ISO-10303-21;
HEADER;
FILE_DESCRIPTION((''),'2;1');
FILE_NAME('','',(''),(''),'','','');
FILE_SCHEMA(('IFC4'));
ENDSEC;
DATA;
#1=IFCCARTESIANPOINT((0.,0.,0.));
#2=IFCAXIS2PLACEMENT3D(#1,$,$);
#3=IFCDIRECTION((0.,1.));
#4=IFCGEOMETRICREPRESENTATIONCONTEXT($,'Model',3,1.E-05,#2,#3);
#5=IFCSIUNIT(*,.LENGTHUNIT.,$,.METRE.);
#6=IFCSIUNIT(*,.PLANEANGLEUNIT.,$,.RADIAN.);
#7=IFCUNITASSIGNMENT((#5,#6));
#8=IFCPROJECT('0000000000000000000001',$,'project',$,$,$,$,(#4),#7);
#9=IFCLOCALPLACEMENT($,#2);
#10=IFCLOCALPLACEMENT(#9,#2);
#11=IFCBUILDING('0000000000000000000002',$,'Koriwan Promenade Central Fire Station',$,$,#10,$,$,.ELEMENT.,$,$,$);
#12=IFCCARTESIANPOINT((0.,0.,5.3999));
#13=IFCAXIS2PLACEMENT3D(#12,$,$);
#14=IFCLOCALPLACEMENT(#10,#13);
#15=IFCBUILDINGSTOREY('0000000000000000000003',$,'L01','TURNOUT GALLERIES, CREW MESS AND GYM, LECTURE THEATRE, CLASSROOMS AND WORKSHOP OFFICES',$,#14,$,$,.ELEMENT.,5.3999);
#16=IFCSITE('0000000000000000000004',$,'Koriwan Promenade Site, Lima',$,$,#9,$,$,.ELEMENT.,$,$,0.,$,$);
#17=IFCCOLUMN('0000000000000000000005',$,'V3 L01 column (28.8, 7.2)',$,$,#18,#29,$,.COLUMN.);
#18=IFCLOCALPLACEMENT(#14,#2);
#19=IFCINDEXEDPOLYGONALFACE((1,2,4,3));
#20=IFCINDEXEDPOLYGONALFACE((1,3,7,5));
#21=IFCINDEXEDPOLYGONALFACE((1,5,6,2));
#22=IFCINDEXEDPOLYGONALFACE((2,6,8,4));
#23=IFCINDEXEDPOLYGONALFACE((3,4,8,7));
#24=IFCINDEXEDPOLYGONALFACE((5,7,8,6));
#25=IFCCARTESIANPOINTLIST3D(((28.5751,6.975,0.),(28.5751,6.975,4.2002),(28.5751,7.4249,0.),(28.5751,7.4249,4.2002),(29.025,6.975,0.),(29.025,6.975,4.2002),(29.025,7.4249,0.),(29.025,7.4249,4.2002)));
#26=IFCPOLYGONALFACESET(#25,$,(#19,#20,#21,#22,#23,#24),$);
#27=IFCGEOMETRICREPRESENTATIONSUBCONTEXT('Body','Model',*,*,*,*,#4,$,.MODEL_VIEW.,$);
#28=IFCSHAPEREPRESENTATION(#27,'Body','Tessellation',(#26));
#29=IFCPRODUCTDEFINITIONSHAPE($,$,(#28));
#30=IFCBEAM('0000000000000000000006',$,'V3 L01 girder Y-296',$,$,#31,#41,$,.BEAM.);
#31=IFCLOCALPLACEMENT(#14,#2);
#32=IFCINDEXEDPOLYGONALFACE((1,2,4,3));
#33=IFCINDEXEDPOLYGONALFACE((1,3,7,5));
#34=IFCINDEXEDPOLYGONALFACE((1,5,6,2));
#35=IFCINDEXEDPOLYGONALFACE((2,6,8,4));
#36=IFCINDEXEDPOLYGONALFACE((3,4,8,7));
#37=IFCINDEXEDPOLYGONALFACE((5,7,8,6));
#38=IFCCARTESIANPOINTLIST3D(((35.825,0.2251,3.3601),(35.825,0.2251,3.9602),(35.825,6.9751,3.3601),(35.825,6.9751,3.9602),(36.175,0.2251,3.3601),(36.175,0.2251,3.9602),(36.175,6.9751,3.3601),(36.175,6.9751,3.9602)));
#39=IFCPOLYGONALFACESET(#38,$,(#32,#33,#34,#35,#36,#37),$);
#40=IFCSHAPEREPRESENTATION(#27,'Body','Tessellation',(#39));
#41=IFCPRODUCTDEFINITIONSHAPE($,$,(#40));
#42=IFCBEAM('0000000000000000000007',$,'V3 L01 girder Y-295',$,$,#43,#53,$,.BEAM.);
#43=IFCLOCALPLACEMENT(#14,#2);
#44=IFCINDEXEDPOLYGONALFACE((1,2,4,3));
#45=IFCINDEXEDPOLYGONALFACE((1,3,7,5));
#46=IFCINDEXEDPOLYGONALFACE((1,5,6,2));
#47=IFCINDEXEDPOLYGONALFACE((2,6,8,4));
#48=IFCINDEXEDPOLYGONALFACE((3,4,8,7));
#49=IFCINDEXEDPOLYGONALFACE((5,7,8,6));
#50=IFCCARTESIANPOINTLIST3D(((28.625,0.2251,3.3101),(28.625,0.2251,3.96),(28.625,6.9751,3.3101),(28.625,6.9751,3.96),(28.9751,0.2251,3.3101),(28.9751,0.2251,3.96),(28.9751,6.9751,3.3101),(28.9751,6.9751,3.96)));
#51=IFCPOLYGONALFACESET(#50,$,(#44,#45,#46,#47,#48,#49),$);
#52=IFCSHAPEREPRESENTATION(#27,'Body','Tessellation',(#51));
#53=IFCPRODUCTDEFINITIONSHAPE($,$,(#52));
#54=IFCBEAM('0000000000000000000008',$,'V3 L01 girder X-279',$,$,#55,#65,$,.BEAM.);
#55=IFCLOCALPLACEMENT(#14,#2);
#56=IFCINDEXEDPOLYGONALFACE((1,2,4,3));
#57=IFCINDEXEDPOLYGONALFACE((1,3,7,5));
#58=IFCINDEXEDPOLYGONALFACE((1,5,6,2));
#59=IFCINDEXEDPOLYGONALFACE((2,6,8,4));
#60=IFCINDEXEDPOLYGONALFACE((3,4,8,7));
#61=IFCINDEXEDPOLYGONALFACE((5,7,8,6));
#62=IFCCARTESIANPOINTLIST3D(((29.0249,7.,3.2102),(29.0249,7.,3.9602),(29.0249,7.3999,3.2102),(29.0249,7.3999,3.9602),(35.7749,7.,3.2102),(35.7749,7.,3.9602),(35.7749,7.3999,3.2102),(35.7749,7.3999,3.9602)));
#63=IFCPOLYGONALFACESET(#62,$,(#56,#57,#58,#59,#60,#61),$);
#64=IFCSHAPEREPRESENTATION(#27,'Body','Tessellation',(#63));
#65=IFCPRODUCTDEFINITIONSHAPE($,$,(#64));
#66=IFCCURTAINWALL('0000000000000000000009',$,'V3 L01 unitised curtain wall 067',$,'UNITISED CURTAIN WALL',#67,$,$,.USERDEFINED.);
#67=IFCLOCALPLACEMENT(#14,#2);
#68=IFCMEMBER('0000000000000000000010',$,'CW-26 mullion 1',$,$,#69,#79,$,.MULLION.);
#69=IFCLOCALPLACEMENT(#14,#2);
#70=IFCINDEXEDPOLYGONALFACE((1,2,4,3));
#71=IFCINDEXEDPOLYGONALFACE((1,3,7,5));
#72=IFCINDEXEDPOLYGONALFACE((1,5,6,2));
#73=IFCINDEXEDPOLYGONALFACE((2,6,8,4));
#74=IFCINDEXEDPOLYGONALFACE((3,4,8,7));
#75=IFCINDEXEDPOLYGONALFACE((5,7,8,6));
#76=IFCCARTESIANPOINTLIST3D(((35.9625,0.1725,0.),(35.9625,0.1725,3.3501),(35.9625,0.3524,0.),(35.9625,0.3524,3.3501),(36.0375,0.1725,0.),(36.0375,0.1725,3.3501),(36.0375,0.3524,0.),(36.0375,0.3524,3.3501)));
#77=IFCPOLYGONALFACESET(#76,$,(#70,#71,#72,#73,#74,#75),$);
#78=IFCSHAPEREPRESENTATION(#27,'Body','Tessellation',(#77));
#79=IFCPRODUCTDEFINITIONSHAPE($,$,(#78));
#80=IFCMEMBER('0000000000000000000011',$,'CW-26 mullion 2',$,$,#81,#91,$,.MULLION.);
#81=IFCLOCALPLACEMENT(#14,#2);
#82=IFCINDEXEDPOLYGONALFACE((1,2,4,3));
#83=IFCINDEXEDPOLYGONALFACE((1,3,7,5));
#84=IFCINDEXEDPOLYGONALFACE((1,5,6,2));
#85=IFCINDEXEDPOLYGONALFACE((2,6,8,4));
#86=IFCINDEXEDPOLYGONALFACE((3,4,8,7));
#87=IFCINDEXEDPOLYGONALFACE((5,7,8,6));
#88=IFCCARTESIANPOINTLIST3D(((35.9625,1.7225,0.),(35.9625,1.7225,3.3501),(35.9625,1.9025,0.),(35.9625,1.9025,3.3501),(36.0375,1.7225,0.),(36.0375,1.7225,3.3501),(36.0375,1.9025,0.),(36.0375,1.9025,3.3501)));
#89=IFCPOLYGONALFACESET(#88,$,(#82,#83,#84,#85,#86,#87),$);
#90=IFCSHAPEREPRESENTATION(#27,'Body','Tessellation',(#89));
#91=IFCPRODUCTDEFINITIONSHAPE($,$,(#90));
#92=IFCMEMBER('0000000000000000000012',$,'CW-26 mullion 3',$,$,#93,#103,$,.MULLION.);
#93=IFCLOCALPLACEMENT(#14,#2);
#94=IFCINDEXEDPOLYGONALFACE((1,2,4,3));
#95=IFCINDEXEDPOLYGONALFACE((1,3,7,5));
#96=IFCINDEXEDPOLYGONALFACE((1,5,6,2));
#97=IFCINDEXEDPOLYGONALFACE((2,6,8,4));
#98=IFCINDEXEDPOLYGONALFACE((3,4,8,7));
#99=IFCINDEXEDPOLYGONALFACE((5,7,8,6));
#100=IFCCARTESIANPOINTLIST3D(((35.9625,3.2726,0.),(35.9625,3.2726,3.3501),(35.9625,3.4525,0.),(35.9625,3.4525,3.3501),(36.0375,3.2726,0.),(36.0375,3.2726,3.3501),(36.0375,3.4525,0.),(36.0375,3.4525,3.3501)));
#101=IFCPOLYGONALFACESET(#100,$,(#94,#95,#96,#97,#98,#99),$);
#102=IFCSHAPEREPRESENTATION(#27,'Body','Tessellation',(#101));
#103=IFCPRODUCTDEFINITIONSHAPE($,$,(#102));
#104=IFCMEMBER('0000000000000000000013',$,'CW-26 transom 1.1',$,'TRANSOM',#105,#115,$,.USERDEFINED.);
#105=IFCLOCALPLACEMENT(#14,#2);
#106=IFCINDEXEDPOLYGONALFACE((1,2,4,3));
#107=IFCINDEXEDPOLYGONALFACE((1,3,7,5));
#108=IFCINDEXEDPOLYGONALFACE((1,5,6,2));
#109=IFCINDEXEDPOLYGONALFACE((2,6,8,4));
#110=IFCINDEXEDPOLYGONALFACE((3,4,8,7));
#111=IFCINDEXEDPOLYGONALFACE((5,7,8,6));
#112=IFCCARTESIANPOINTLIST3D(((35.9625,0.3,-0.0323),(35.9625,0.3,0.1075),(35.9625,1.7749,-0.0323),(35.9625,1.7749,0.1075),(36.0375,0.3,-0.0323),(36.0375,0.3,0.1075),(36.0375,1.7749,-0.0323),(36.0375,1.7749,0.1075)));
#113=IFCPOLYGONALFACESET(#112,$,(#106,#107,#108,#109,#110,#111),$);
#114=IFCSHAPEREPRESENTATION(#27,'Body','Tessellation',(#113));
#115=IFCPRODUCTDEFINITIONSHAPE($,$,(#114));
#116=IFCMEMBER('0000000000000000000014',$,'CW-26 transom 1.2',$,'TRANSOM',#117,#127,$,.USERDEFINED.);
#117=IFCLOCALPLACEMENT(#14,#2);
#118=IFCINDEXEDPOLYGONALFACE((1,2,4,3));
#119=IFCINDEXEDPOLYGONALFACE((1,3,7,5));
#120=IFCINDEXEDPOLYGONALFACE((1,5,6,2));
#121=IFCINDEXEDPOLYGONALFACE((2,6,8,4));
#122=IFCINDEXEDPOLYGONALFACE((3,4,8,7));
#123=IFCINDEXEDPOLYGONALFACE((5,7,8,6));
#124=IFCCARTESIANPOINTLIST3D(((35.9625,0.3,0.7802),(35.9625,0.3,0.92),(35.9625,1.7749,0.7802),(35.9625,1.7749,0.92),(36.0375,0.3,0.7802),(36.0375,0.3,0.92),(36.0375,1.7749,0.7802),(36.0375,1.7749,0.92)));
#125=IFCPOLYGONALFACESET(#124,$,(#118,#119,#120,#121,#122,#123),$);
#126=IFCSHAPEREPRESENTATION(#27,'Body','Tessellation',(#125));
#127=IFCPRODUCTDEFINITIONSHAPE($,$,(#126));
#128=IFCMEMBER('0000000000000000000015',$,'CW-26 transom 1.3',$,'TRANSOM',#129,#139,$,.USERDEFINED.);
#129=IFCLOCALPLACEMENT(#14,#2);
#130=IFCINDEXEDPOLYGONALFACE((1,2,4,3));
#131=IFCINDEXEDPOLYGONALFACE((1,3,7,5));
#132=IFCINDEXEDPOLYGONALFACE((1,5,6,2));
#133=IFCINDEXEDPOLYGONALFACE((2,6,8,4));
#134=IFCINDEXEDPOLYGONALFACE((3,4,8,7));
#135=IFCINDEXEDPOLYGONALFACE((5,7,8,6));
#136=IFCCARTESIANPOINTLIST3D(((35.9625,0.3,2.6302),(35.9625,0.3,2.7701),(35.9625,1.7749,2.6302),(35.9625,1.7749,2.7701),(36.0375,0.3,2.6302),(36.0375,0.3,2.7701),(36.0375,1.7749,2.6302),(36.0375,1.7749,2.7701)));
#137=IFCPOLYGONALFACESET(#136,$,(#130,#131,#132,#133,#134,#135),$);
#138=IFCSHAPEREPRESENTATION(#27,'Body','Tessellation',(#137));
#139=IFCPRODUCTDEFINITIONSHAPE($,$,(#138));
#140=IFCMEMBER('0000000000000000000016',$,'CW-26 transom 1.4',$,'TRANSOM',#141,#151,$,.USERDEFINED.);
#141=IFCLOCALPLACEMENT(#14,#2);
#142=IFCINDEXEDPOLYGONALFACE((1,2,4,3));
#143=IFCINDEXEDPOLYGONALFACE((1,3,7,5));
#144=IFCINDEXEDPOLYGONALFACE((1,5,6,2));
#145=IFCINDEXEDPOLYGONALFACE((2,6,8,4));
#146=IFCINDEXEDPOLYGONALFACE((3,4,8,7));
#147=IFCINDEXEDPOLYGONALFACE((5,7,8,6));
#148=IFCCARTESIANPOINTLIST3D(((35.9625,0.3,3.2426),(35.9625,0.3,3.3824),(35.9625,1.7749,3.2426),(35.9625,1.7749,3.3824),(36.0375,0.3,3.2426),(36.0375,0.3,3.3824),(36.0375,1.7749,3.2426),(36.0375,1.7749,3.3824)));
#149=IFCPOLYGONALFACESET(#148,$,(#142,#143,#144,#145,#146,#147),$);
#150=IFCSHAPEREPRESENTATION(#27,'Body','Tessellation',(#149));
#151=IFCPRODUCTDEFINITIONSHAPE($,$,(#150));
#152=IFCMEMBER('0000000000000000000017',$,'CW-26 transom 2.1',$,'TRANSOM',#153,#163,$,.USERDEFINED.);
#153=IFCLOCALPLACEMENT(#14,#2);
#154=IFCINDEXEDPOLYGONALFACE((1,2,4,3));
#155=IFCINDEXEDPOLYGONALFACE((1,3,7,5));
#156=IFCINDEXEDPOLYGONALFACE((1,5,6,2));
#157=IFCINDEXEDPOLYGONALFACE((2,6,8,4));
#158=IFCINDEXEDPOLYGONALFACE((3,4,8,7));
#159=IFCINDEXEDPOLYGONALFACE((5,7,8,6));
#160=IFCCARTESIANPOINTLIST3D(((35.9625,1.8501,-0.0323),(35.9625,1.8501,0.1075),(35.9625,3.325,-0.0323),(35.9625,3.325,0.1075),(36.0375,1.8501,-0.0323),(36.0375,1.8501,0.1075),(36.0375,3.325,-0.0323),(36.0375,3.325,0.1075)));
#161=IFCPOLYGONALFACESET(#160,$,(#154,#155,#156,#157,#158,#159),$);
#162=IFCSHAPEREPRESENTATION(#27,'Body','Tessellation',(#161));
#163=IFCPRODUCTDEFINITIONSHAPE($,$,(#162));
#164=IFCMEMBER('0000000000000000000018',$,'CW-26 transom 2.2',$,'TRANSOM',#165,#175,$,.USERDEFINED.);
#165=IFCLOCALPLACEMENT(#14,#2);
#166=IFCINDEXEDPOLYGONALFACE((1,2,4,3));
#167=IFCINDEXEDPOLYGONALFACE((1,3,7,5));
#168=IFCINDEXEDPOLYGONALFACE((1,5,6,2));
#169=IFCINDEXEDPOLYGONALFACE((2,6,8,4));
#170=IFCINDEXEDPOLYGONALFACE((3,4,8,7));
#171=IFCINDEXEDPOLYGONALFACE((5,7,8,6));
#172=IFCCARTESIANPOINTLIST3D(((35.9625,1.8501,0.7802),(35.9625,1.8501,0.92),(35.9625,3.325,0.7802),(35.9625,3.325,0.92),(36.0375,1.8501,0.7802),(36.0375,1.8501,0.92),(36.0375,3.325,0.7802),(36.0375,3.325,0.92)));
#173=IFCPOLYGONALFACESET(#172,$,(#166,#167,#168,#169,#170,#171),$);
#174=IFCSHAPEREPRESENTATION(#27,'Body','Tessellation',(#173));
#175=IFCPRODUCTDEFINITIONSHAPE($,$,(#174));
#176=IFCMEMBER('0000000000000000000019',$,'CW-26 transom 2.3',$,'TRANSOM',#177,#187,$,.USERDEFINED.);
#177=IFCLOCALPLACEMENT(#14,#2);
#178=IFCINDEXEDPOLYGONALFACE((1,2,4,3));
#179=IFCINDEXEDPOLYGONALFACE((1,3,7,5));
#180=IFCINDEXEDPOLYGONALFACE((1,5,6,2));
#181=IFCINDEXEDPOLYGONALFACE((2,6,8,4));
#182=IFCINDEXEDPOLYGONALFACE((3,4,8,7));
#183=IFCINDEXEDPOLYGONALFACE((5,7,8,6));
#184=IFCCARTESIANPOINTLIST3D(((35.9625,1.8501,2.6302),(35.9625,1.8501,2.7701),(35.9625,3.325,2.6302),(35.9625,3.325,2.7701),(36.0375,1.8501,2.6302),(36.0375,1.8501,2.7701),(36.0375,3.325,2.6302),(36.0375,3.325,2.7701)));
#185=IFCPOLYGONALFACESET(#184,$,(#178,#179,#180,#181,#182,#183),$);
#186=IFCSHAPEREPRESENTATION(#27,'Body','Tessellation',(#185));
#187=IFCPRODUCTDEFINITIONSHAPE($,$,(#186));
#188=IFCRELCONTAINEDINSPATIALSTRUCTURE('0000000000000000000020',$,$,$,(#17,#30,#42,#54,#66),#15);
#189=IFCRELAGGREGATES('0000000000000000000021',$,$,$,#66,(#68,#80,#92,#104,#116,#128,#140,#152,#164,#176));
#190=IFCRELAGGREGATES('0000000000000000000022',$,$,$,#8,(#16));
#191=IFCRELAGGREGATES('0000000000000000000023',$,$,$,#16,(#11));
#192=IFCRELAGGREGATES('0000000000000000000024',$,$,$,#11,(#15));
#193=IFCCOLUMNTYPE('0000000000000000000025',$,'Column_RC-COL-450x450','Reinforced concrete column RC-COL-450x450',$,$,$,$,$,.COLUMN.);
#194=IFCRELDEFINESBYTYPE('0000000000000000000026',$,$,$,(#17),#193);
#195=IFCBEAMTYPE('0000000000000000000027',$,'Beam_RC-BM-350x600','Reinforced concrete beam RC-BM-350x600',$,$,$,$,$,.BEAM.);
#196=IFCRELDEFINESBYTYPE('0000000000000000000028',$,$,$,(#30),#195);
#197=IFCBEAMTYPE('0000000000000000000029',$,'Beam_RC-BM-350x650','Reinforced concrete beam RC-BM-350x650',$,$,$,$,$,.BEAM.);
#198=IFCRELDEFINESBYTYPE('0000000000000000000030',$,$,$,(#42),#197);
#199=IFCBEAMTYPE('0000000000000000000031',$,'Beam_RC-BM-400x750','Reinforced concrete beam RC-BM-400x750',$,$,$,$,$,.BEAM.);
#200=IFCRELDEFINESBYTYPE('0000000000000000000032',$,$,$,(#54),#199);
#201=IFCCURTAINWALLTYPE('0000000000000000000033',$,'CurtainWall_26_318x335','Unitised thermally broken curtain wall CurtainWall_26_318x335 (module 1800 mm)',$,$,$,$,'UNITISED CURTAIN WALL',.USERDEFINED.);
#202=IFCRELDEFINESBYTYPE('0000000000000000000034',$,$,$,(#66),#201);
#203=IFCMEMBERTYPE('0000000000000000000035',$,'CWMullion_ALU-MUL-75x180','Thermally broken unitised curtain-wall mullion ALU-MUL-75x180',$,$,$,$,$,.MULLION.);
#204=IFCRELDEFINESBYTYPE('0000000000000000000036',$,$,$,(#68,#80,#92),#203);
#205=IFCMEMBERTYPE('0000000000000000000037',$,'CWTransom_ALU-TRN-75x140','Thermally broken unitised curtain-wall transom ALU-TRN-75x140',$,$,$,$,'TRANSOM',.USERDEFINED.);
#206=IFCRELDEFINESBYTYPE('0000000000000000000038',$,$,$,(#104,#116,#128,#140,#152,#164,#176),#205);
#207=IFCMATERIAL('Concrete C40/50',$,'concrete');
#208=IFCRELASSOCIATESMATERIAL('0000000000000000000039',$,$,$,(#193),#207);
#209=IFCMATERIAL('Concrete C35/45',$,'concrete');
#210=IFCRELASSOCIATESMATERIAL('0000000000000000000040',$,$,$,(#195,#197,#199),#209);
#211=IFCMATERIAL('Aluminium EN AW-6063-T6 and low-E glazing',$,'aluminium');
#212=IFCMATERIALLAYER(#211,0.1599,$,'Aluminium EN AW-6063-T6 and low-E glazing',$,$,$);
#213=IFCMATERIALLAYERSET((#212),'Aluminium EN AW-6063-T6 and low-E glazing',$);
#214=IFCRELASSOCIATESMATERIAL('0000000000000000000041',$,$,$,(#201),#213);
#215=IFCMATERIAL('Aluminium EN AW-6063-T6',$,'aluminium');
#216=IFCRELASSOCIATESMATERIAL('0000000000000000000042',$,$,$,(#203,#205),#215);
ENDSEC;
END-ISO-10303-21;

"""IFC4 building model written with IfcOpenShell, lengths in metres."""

from ifc_helpers import new_model, si_unit, direction, frame, origin, origin_2d, place, context, subcontext, project, spatial, rectangle, extrude, material, layer, layer_set, material_profile, profile_set, type_object, element, aggregate, save


model = new_model("IFC4")

# Units and contexts
model_context = context("Model", 3, precision=1e-05, world=origin(), true_north=direction((0.0, 1.0)))
body_context = subcontext(model_context, "Body", "Model", "MODEL_VIEW")
ifc_project = project(units=[si_unit("LENGTHUNIT", "METRE"), si_unit("PLANEANGLEUNIT", "RADIAN")], contexts=[model_context])

# Site, building, storey
site_placement = place(None, origin())
site = spatial("IfcSite", under=ifc_project, at=site_placement, Name="Koriwan Promenade Site, Lima", CompositionType="ELEMENT", RefElevation=0.0)
building_placement = place(site_placement, origin())
building = spatial("IfcBuilding", under=site, at=building_placement, Name="Koriwan Promenade Central Fire Station", CompositionType="ELEMENT")
storey_placement = place(building_placement, frame((0.0, 0.0, 5.3999)))
storey = spatial("IfcBuildingStorey", under=building, at=storey_placement, Name="L01", Description="TURNOUT GALLERIES, CREW MESS AND GYM, LECTURE THEATRE, CLASSROOMS AND WORKSHOP OFFICES", CompositionType="ELEMENT", Elevation=5.3999)

# Column
ifc_material_1 = material(Name="Concrete C40/50", Category="concrete")
ifc_material_profile_1 = material_profile(ifc_material_1, rectangle(XDim=0.45, YDim=0.45, at=origin_2d()), Name="RC-COL-450x450")
ifc_profile_set_1 = profile_set([ifc_material_profile_1], Name="Concrete C40/50")
column_type = type_object("IfcColumnType", Name="Column_RC-COL-450x450", Description="Reinforced concrete column RC-COL-450x450", PredefinedType="COLUMN", material=ifc_profile_set_1)
column_placement = place(storey_placement, frame((28.8, 7.2, 0.0), z_axis=(0.0, 0.0, 1.0), x_axis=(1.0, 0.0, 0.0)))
element("IfcColumn", 1, at=column_placement, inside=storey, type_object=column_type, Name="V3 L01 column (28.8, 7.2)", PredefinedType="COLUMN", context=body_context, shape_type="SweptSolid", body=[
    extrude(rectangle(XDim=0.45, YDim=0.45, at=origin_2d()), origin(), (0.0, 0.0, 1.0), 4.2002),
])

# Beams
ifc_material_2 = material(Name="Concrete C35/45", Category="concrete")
ifc_material_profile_2 = material_profile(ifc_material_2, rectangle(XDim=0.3501, YDim=0.6001, at=origin_2d()), Name="RC-BM-350x600")
ifc_profile_set_2 = profile_set([ifc_material_profile_2], Name="Concrete C35/45")
beam_type_1 = type_object("IfcBeamType", Name="Beam_RC-BM-350x600", Description="Reinforced concrete beam RC-BM-350x600", PredefinedType="BEAM", material=ifc_profile_set_2)
beam_1_placement = place(storey_placement, frame((36.0, 0.2251, 3.6602), z_axis=(0.0, 1.0, 0.0), x_axis=(-1.0, 0.0, 0.0)))
element("IfcBeam", 2, at=beam_1_placement, inside=storey, type_object=beam_type_1, Name="V3 L01 girder Y-296", PredefinedType="BEAM", context=body_context, shape_type="SweptSolid", body=[
    extrude(rectangle(XDim=0.3501, YDim=0.6001, at=origin_2d()), origin(), (0.0, 0.0, 1.0), 6.75),
])
ifc_material_profile_3 = material_profile(ifc_material_2, rectangle(XDim=0.3501, YDim=0.6499, at=origin_2d()), Name="RC-BM-350x650")
ifc_profile_set_3 = profile_set([ifc_material_profile_3], Name="Concrete C35/45")
beam_type_2 = type_object("IfcBeamType", Name="Beam_RC-BM-350x650", Description="Reinforced concrete beam RC-BM-350x650", PredefinedType="BEAM", material=ifc_profile_set_3)
beam_2_placement = place(storey_placement, frame((28.8, 0.2251, 3.635), z_axis=(0.0, 1.0, 0.0), x_axis=(-1.0, 0.0, 0.0)))
element("IfcBeam", 3, at=beam_2_placement, inside=storey, type_object=beam_type_2, Name="V3 L01 girder Y-295", PredefinedType="BEAM", context=body_context, shape_type="SweptSolid", body=[
    extrude(rectangle(XDim=0.3501, YDim=0.6499, at=origin_2d()), origin(), (0.0, 0.0, 1.0), 6.75),
])
ifc_material_profile_4 = material_profile(ifc_material_2, rectangle(XDim=0.3999, YDim=0.75, at=origin_2d()), Name="RC-BM-400x750")
ifc_profile_set_4 = profile_set([ifc_material_profile_4], Name="Concrete C35/45")
beam_type_3 = type_object("IfcBeamType", Name="Beam_RC-BM-400x750", Description="Reinforced concrete beam RC-BM-400x750", PredefinedType="BEAM", material=ifc_profile_set_4)
beam_3_placement = place(storey_placement, frame((29.0249, 7.2, 3.5852), z_axis=(1.0, 0.0, 0.0), x_axis=(0.0, 1.0, 0.0)))
element("IfcBeam", 4, at=beam_3_placement, inside=storey, type_object=beam_type_3, Name="V3 L01 girder X-279", PredefinedType="BEAM", context=body_context, shape_type="SweptSolid", body=[
    extrude(rectangle(XDim=0.3999, YDim=0.75, at=origin_2d()), origin(), (0.0, 0.0, 1.0), 6.75),
])

# Curtain wall, members
ifc_material_3 = material(Name="Aluminium EN AW-6063-T6 and low-E glazing", Category="aluminium")
ifc_layer_1 = layer(ifc_material_3, 0.1599, Name="Aluminium EN AW-6063-T6 and low-E glazing")
ifc_layer_set_1 = layer_set([ifc_layer_1], Name="Aluminium EN AW-6063-T6 and low-E glazing")
curtain_wall_type = type_object("IfcCurtainWallType", Name="CurtainWall_26_318x335", Description="Unitised thermally broken curtain wall CurtainWall_26_318x335 (module 1800 mm)", ElementType="UNITISED CURTAIN WALL", PredefinedType="USERDEFINED", material=ifc_layer_set_1)
curtain_wall_placement = place(storey_placement, origin())
curtain_wall = element("IfcCurtainWall", 5, at=curtain_wall_placement, inside=storey, type_object=curtain_wall_type, Name="V3 L01 unitised curtain wall 067", ObjectType="UNITISED CURTAIN WALL", PredefinedType="USERDEFINED")
ifc_material_4 = material(Name="Aluminium EN AW-6063-T6", Category="aluminium")
ifc_material_profile_5 = material_profile(ifc_material_4, rectangle(XDim=0.075, YDim=0.1799, at=origin_2d()), Name="ALU-MUL-75x180")
ifc_profile_set_5 = profile_set([ifc_material_profile_5], Name="Aluminium EN AW-6063-T6")
member_type_1 = type_object("IfcMemberType", Name="CWMullion_ALU-MUL-75x180", Description="Thermally broken unitised curtain-wall mullion ALU-MUL-75x180", PredefinedType="MULLION", material=ifc_profile_set_5)
member_1_placement = place(storey_placement, frame((36.0, 0.2625, 0.0), z_axis=(0.0, 0.0, 1.0), x_axis=(-1.0, 0.0, 0.0)))
member_1 = element("IfcMember", 6, at=member_1_placement, type_object=member_type_1, Name="CW-26 mullion 1", PredefinedType="MULLION", context=body_context, shape_type="SweptSolid", body=[
    extrude(rectangle(XDim=0.075, YDim=0.1799, at=origin_2d()), origin(), (0.0, 0.0, 1.0), 3.3501),
])
member_2_placement = place(storey_placement, frame((36.0, 1.8125, 0.0), z_axis=(0.0, 0.0, 1.0), x_axis=(-1.0, 0.0, 0.0)))
member_2 = element("IfcMember", 7, at=member_2_placement, type_object=member_type_1, Name="CW-26 mullion 2", PredefinedType="MULLION", context=body_context, shape_type="SweptSolid", body=[
    extrude(rectangle(XDim=0.075, YDim=0.1799, at=origin_2d()), origin(), (0.0, 0.0, 1.0), 3.3501),
])
member_3_placement = place(storey_placement, frame((36.0, 3.3625, 0.0), z_axis=(0.0, 0.0, 1.0), x_axis=(-1.0, 0.0, 0.0)))
member_3 = element("IfcMember", 8, at=member_3_placement, type_object=member_type_1, Name="CW-26 mullion 3", PredefinedType="MULLION", context=body_context, shape_type="SweptSolid", body=[
    extrude(rectangle(XDim=0.075, YDim=0.1799, at=origin_2d()), origin(), (0.0, 0.0, 1.0), 3.3501),
])
ifc_material_profile_6 = material_profile(ifc_material_4, rectangle(XDim=0.075, YDim=0.1399, at=origin_2d()), Name="ALU-TRN-75x140")
ifc_profile_set_6 = profile_set([ifc_material_profile_6], Name="Aluminium EN AW-6063-T6")
member_type_2 = type_object("IfcMemberType", Name="CWTransom_ALU-TRN-75x140", Description="Thermally broken unitised curtain-wall transom ALU-TRN-75x140", ElementType="TRANSOM", PredefinedType="USERDEFINED", material=ifc_profile_set_6)
member_4_placement = place(storey_placement, frame((36.0, 0.3, 0.0376), z_axis=(0.0, 1.0, 0.0), x_axis=(-1.0, 0.0, 0.0)))
member_4 = element("IfcMember", 9, at=member_4_placement, type_object=member_type_2, Name="CW-26 transom 1.1", ObjectType="TRANSOM", PredefinedType="USERDEFINED", context=body_context, shape_type="SweptSolid", body=[
    extrude(rectangle(XDim=0.075, YDim=0.1399, at=origin_2d()), origin(), (0.0, 0.0, 1.0), 1.4749),
])
member_5_placement = place(storey_placement, frame((36.0, 0.3, 0.8501), z_axis=(0.0, 1.0, 0.0), x_axis=(-1.0, 0.0, 0.0)))
member_5 = element("IfcMember", 10, at=member_5_placement, type_object=member_type_2, Name="CW-26 transom 1.2", ObjectType="TRANSOM", PredefinedType="USERDEFINED", context=body_context, shape_type="SweptSolid", body=[
    extrude(rectangle(XDim=0.075, YDim=0.1399, at=origin_2d()), origin(), (0.0, 0.0, 1.0), 1.4749),
])
member_6_placement = place(storey_placement, frame((36.0, 0.3, 2.7002), z_axis=(0.0, 1.0, 0.0), x_axis=(-1.0, 0.0, 0.0)))
member_6 = element("IfcMember", 11, at=member_6_placement, type_object=member_type_2, Name="CW-26 transom 1.3", ObjectType="TRANSOM", PredefinedType="USERDEFINED", context=body_context, shape_type="SweptSolid", body=[
    extrude(rectangle(XDim=0.075, YDim=0.1399, at=origin_2d()), origin(), (0.0, 0.0, 1.0), 1.4749),
])
member_7_placement = place(storey_placement, frame((36.0, 0.3, 3.3125), z_axis=(0.0, 1.0, 0.0), x_axis=(-1.0, 0.0, 0.0)))
member_7 = element("IfcMember", 12, at=member_7_placement, type_object=member_type_2, Name="CW-26 transom 1.4", ObjectType="TRANSOM", PredefinedType="USERDEFINED", context=body_context, shape_type="SweptSolid", body=[
    extrude(rectangle(XDim=0.075, YDim=0.1399, at=origin_2d()), origin(), (0.0, 0.0, 1.0), 1.4749),
])
member_8_placement = place(storey_placement, frame((36.0, 1.8501, 0.0376), z_axis=(0.0, 1.0, 0.0), x_axis=(-1.0, 0.0, 0.0)))
member_8 = element("IfcMember", 13, at=member_8_placement, type_object=member_type_2, Name="CW-26 transom 2.1", ObjectType="TRANSOM", PredefinedType="USERDEFINED", context=body_context, shape_type="SweptSolid", body=[
    extrude(rectangle(XDim=0.075, YDim=0.1399, at=origin_2d()), origin(), (0.0, 0.0, 1.0), 1.4749),
])
member_9_placement = place(storey_placement, frame((36.0, 1.8501, 0.8501), z_axis=(0.0, 1.0, 0.0), x_axis=(-1.0, 0.0, 0.0)))
member_9 = element("IfcMember", 14, at=member_9_placement, type_object=member_type_2, Name="CW-26 transom 2.2", ObjectType="TRANSOM", PredefinedType="USERDEFINED", context=body_context, shape_type="SweptSolid", body=[
    extrude(rectangle(XDim=0.075, YDim=0.1399, at=origin_2d()), origin(), (0.0, 0.0, 1.0), 1.4749),
])
member_10_placement = place(storey_placement, frame((36.0, 1.8501, 2.7002), z_axis=(0.0, 1.0, 0.0), x_axis=(-1.0, 0.0, 0.0)))
member_10 = element("IfcMember", 15, at=member_10_placement, type_object=member_type_2, Name="CW-26 transom 2.3", ObjectType="TRANSOM", PredefinedType="USERDEFINED", context=body_context, shape_type="SweptSolid", body=[
    extrude(rectangle(XDim=0.075, YDim=0.1399, at=origin_2d()), origin(), (0.0, 0.0, 1.0), 1.4749),
])

aggregate(curtain_wall, [member_1, member_2, member_3, member_4, member_5, member_6, member_7, member_8, member_9, member_10])

save(model, "model.ifc")
